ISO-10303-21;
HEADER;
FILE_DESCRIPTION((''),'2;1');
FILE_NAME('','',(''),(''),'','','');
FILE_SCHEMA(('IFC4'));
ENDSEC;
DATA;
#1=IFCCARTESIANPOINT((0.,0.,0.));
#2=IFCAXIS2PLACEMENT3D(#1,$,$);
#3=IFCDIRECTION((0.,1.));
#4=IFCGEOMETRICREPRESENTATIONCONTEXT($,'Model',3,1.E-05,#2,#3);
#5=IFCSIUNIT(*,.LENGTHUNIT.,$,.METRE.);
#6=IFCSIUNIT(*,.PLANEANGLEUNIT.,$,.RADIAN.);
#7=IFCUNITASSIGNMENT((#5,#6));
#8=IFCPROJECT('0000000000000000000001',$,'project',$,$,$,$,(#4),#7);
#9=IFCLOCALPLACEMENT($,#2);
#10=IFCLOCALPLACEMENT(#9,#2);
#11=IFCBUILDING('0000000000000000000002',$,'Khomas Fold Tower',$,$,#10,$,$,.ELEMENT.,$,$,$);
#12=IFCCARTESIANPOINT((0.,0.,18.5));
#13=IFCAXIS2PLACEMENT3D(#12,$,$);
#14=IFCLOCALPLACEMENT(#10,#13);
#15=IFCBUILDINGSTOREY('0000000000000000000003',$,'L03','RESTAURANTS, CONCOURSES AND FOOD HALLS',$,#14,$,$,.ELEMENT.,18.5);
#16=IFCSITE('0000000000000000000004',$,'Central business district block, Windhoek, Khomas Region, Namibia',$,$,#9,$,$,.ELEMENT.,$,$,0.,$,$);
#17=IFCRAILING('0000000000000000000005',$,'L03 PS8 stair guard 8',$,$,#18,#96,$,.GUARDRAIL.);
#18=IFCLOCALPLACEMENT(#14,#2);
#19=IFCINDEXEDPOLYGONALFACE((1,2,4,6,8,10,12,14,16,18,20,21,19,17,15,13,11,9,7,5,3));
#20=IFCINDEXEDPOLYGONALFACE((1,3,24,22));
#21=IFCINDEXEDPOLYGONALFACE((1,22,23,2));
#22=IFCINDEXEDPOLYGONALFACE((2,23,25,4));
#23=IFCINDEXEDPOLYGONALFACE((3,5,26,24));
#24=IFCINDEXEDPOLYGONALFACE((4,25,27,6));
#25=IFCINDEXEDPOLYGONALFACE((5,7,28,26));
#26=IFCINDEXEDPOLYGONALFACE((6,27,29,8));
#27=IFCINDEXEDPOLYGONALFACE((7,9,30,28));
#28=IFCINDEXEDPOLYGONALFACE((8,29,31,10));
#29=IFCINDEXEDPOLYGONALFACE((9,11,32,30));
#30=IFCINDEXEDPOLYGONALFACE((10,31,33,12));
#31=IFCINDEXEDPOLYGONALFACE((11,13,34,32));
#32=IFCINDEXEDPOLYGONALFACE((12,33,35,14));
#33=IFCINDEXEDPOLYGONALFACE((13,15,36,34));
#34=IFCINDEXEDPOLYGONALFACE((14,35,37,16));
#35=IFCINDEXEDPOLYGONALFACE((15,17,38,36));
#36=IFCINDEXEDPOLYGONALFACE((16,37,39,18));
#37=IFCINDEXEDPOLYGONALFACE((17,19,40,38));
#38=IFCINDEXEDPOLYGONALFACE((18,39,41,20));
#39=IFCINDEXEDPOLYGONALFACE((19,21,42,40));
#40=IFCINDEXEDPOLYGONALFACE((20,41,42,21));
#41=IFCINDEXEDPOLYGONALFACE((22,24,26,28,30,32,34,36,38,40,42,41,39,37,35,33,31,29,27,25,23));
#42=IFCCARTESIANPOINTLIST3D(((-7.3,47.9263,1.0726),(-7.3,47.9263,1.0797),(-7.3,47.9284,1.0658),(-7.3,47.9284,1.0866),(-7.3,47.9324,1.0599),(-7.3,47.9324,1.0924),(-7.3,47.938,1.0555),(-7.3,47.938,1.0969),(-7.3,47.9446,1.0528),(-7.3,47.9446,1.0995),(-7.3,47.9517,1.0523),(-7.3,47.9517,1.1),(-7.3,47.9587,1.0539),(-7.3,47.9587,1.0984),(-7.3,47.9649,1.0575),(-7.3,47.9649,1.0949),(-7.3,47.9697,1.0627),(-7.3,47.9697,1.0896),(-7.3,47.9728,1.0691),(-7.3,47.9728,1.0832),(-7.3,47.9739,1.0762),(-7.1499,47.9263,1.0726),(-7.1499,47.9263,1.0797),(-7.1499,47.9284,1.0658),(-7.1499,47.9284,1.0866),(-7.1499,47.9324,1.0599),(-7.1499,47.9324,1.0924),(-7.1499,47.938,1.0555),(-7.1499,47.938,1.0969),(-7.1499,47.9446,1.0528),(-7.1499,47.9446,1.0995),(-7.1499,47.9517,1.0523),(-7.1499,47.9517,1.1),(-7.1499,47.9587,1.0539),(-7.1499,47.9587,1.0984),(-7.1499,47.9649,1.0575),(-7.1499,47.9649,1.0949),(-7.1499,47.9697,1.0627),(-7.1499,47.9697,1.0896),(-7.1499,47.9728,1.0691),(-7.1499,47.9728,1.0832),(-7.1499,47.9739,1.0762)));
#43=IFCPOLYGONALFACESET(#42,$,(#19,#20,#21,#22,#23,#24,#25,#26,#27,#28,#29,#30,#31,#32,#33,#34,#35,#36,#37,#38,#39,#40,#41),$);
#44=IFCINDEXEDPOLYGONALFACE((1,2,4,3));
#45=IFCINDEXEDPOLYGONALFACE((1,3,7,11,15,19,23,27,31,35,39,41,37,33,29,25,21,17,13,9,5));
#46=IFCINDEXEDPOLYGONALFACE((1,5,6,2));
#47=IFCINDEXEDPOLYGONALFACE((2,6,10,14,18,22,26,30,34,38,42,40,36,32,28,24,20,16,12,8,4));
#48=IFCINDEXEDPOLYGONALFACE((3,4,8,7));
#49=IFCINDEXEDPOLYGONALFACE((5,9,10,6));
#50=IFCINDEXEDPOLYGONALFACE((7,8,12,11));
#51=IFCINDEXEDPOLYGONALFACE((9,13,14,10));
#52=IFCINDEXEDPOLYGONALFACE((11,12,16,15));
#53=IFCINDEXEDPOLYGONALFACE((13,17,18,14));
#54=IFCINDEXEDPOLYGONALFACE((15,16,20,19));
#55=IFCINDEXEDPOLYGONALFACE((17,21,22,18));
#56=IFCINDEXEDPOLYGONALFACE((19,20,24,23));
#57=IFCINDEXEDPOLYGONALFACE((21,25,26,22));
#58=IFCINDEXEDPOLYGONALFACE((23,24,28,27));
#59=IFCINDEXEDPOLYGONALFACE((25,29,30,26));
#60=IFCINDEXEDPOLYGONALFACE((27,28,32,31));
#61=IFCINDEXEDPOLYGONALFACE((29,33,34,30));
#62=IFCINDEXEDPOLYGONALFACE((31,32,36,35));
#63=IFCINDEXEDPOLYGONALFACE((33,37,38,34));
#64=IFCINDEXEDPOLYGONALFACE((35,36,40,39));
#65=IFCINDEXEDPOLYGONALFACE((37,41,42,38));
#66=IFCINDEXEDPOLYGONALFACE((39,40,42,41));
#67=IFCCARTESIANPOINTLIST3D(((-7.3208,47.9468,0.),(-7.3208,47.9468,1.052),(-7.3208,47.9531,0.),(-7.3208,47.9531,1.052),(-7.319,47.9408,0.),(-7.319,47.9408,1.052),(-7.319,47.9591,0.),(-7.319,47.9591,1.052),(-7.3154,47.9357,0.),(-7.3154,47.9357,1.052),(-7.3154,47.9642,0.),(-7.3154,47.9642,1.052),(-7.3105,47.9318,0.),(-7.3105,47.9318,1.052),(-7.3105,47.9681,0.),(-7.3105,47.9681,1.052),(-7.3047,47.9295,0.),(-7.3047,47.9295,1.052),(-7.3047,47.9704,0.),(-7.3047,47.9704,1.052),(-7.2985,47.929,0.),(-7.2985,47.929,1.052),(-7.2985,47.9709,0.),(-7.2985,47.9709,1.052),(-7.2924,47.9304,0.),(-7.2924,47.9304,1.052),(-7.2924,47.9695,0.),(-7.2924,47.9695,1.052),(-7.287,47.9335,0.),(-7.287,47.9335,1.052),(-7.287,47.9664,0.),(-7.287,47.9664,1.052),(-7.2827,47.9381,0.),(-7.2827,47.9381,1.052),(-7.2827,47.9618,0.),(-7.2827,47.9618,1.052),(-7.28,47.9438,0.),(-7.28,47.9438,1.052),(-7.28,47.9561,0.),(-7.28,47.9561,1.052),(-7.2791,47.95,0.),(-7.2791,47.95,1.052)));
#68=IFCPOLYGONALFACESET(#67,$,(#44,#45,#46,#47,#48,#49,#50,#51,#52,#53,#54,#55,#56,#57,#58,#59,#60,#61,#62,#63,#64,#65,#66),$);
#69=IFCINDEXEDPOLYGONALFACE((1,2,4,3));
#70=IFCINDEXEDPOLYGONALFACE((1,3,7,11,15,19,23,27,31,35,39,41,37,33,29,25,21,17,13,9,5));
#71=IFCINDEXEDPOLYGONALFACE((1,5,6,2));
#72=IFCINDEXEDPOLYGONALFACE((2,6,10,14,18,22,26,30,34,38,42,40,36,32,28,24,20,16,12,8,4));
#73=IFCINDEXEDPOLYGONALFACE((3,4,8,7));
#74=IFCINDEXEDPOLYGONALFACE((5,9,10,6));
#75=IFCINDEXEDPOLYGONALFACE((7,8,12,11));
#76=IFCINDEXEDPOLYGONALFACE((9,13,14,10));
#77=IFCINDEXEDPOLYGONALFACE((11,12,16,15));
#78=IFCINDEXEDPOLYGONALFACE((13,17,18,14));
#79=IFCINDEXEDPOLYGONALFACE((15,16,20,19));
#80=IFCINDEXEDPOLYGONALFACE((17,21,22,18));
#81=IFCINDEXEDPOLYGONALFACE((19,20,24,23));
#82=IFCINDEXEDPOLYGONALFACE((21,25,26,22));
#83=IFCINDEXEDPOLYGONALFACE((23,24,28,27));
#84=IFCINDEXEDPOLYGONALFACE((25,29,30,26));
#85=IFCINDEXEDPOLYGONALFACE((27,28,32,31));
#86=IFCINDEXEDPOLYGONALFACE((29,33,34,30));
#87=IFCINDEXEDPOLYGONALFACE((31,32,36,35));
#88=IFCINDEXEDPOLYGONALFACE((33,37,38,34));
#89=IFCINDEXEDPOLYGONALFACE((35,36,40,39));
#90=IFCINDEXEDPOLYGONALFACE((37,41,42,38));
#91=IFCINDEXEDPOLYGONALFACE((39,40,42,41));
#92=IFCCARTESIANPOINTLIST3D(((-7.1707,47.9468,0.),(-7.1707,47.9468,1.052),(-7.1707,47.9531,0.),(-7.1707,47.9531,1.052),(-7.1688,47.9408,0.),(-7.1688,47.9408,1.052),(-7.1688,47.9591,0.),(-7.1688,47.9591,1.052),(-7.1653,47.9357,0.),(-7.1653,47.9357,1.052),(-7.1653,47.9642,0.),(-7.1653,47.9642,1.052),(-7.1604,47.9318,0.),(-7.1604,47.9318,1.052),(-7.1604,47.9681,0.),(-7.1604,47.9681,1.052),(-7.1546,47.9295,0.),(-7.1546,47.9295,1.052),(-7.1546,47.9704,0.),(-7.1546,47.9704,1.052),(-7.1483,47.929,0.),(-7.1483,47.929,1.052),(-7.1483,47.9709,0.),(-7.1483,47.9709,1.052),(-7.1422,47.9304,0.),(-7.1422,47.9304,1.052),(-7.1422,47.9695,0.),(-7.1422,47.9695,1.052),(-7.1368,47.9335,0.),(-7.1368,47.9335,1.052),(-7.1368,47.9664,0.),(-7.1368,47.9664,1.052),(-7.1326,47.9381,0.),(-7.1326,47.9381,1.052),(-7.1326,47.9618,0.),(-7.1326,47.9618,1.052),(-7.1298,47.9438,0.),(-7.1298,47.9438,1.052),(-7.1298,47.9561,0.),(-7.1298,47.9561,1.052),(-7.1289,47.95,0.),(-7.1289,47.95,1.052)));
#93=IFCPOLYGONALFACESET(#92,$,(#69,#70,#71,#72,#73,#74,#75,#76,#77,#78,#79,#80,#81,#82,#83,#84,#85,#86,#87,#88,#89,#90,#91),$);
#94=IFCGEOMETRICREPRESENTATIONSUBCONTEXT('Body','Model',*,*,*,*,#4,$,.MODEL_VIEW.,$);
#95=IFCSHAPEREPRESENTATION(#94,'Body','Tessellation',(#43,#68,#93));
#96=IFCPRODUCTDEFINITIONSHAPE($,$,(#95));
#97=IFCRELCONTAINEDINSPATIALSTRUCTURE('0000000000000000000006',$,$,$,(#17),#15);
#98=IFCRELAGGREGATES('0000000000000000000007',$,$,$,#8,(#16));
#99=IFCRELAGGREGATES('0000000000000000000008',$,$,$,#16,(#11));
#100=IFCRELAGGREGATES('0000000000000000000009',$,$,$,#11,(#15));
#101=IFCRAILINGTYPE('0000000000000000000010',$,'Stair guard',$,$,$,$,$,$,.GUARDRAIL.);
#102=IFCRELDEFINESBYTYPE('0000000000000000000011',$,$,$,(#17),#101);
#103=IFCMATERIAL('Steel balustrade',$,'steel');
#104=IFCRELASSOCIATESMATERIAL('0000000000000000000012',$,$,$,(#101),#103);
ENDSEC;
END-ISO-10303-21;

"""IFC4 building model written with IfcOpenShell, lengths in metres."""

from ifc_helpers import new_model, si_unit, direction, frame, origin, origin_2d, place, context, subcontext, project, spatial, circle, extrude, source, transform, mapped, material, type_object, element, save


model = new_model("IFC4")

# Units and contexts
model_context = context("Model", 3, precision=1e-05, world=origin(), true_north=direction((0.0, 1.0)))
body_context = subcontext(model_context, "Body", "Model", "MODEL_VIEW")
ifc_project = project(units=[si_unit("LENGTHUNIT", "METRE"), si_unit("PLANEANGLEUNIT", "RADIAN")], contexts=[model_context])

# Site, building, storey
site_placement = place(None, origin())
site = spatial("IfcSite", under=ifc_project, at=site_placement, Name="Central business district block, Windhoek, Khomas Region, Namibia", CompositionType="ELEMENT", RefElevation=0.0)
building_placement = place(site_placement, origin())
building = spatial("IfcBuilding", under=site, at=building_placement, Name="Khomas Fold Tower", CompositionType="ELEMENT")
storey_placement = place(building_placement, frame((0.0, 0.0, 18.5)))
storey = spatial("IfcBuildingStorey", under=building, at=storey_placement, Name="L03", Description="RESTAURANTS, CONCOURSES AND FOOD HALLS", CompositionType="ELEMENT", Elevation=18.5)

# Railing
ifc_material_1 = material(Name="Steel balustrade", Category="steel")
railing_type_1 = type_object("IfcRailingType", Name="Stair guard", PredefinedType="GUARDRAIL", material=ifc_material_1)
shared_shape_1 = source(origin(), body_context, "Body", "SweptSolid", [
    extrude(circle(Radius=0.0239, at=origin_2d()), frame((0.0, 0.0, 1.0762), z_axis=(1.0, 0.0, 0.0), x_axis=(0.0, 1.0, 0.0)), (0.0, 0.0, 1.0), 0.1501),
    extrude(circle(Radius=0.021, at=origin_2d()), origin(), (0.0, 0.0, 1.0), 1.052),
    extrude(circle(Radius=0.021, at=origin_2d()), frame((0.1501, 0.0, 0.0)), (0.0, 0.0, 1.0), 1.052),
])
for number, where, name in (
    (1, (-7.3, 47.95, 0.0), "L03 PS8 stair guard 8"),
):
    element("IfcRailing", number, at=place(storey_placement, frame(where)), inside=storey, type_object=railing_type_1, Name=name, PredefinedType="GUARDRAIL", context=body_context, shape_type="MappedRepresentation", body=[
        mapped(shared_shape_1, transform((0.0, 0.0, 0.0))),
    ])

save(model, "model.ifc")
